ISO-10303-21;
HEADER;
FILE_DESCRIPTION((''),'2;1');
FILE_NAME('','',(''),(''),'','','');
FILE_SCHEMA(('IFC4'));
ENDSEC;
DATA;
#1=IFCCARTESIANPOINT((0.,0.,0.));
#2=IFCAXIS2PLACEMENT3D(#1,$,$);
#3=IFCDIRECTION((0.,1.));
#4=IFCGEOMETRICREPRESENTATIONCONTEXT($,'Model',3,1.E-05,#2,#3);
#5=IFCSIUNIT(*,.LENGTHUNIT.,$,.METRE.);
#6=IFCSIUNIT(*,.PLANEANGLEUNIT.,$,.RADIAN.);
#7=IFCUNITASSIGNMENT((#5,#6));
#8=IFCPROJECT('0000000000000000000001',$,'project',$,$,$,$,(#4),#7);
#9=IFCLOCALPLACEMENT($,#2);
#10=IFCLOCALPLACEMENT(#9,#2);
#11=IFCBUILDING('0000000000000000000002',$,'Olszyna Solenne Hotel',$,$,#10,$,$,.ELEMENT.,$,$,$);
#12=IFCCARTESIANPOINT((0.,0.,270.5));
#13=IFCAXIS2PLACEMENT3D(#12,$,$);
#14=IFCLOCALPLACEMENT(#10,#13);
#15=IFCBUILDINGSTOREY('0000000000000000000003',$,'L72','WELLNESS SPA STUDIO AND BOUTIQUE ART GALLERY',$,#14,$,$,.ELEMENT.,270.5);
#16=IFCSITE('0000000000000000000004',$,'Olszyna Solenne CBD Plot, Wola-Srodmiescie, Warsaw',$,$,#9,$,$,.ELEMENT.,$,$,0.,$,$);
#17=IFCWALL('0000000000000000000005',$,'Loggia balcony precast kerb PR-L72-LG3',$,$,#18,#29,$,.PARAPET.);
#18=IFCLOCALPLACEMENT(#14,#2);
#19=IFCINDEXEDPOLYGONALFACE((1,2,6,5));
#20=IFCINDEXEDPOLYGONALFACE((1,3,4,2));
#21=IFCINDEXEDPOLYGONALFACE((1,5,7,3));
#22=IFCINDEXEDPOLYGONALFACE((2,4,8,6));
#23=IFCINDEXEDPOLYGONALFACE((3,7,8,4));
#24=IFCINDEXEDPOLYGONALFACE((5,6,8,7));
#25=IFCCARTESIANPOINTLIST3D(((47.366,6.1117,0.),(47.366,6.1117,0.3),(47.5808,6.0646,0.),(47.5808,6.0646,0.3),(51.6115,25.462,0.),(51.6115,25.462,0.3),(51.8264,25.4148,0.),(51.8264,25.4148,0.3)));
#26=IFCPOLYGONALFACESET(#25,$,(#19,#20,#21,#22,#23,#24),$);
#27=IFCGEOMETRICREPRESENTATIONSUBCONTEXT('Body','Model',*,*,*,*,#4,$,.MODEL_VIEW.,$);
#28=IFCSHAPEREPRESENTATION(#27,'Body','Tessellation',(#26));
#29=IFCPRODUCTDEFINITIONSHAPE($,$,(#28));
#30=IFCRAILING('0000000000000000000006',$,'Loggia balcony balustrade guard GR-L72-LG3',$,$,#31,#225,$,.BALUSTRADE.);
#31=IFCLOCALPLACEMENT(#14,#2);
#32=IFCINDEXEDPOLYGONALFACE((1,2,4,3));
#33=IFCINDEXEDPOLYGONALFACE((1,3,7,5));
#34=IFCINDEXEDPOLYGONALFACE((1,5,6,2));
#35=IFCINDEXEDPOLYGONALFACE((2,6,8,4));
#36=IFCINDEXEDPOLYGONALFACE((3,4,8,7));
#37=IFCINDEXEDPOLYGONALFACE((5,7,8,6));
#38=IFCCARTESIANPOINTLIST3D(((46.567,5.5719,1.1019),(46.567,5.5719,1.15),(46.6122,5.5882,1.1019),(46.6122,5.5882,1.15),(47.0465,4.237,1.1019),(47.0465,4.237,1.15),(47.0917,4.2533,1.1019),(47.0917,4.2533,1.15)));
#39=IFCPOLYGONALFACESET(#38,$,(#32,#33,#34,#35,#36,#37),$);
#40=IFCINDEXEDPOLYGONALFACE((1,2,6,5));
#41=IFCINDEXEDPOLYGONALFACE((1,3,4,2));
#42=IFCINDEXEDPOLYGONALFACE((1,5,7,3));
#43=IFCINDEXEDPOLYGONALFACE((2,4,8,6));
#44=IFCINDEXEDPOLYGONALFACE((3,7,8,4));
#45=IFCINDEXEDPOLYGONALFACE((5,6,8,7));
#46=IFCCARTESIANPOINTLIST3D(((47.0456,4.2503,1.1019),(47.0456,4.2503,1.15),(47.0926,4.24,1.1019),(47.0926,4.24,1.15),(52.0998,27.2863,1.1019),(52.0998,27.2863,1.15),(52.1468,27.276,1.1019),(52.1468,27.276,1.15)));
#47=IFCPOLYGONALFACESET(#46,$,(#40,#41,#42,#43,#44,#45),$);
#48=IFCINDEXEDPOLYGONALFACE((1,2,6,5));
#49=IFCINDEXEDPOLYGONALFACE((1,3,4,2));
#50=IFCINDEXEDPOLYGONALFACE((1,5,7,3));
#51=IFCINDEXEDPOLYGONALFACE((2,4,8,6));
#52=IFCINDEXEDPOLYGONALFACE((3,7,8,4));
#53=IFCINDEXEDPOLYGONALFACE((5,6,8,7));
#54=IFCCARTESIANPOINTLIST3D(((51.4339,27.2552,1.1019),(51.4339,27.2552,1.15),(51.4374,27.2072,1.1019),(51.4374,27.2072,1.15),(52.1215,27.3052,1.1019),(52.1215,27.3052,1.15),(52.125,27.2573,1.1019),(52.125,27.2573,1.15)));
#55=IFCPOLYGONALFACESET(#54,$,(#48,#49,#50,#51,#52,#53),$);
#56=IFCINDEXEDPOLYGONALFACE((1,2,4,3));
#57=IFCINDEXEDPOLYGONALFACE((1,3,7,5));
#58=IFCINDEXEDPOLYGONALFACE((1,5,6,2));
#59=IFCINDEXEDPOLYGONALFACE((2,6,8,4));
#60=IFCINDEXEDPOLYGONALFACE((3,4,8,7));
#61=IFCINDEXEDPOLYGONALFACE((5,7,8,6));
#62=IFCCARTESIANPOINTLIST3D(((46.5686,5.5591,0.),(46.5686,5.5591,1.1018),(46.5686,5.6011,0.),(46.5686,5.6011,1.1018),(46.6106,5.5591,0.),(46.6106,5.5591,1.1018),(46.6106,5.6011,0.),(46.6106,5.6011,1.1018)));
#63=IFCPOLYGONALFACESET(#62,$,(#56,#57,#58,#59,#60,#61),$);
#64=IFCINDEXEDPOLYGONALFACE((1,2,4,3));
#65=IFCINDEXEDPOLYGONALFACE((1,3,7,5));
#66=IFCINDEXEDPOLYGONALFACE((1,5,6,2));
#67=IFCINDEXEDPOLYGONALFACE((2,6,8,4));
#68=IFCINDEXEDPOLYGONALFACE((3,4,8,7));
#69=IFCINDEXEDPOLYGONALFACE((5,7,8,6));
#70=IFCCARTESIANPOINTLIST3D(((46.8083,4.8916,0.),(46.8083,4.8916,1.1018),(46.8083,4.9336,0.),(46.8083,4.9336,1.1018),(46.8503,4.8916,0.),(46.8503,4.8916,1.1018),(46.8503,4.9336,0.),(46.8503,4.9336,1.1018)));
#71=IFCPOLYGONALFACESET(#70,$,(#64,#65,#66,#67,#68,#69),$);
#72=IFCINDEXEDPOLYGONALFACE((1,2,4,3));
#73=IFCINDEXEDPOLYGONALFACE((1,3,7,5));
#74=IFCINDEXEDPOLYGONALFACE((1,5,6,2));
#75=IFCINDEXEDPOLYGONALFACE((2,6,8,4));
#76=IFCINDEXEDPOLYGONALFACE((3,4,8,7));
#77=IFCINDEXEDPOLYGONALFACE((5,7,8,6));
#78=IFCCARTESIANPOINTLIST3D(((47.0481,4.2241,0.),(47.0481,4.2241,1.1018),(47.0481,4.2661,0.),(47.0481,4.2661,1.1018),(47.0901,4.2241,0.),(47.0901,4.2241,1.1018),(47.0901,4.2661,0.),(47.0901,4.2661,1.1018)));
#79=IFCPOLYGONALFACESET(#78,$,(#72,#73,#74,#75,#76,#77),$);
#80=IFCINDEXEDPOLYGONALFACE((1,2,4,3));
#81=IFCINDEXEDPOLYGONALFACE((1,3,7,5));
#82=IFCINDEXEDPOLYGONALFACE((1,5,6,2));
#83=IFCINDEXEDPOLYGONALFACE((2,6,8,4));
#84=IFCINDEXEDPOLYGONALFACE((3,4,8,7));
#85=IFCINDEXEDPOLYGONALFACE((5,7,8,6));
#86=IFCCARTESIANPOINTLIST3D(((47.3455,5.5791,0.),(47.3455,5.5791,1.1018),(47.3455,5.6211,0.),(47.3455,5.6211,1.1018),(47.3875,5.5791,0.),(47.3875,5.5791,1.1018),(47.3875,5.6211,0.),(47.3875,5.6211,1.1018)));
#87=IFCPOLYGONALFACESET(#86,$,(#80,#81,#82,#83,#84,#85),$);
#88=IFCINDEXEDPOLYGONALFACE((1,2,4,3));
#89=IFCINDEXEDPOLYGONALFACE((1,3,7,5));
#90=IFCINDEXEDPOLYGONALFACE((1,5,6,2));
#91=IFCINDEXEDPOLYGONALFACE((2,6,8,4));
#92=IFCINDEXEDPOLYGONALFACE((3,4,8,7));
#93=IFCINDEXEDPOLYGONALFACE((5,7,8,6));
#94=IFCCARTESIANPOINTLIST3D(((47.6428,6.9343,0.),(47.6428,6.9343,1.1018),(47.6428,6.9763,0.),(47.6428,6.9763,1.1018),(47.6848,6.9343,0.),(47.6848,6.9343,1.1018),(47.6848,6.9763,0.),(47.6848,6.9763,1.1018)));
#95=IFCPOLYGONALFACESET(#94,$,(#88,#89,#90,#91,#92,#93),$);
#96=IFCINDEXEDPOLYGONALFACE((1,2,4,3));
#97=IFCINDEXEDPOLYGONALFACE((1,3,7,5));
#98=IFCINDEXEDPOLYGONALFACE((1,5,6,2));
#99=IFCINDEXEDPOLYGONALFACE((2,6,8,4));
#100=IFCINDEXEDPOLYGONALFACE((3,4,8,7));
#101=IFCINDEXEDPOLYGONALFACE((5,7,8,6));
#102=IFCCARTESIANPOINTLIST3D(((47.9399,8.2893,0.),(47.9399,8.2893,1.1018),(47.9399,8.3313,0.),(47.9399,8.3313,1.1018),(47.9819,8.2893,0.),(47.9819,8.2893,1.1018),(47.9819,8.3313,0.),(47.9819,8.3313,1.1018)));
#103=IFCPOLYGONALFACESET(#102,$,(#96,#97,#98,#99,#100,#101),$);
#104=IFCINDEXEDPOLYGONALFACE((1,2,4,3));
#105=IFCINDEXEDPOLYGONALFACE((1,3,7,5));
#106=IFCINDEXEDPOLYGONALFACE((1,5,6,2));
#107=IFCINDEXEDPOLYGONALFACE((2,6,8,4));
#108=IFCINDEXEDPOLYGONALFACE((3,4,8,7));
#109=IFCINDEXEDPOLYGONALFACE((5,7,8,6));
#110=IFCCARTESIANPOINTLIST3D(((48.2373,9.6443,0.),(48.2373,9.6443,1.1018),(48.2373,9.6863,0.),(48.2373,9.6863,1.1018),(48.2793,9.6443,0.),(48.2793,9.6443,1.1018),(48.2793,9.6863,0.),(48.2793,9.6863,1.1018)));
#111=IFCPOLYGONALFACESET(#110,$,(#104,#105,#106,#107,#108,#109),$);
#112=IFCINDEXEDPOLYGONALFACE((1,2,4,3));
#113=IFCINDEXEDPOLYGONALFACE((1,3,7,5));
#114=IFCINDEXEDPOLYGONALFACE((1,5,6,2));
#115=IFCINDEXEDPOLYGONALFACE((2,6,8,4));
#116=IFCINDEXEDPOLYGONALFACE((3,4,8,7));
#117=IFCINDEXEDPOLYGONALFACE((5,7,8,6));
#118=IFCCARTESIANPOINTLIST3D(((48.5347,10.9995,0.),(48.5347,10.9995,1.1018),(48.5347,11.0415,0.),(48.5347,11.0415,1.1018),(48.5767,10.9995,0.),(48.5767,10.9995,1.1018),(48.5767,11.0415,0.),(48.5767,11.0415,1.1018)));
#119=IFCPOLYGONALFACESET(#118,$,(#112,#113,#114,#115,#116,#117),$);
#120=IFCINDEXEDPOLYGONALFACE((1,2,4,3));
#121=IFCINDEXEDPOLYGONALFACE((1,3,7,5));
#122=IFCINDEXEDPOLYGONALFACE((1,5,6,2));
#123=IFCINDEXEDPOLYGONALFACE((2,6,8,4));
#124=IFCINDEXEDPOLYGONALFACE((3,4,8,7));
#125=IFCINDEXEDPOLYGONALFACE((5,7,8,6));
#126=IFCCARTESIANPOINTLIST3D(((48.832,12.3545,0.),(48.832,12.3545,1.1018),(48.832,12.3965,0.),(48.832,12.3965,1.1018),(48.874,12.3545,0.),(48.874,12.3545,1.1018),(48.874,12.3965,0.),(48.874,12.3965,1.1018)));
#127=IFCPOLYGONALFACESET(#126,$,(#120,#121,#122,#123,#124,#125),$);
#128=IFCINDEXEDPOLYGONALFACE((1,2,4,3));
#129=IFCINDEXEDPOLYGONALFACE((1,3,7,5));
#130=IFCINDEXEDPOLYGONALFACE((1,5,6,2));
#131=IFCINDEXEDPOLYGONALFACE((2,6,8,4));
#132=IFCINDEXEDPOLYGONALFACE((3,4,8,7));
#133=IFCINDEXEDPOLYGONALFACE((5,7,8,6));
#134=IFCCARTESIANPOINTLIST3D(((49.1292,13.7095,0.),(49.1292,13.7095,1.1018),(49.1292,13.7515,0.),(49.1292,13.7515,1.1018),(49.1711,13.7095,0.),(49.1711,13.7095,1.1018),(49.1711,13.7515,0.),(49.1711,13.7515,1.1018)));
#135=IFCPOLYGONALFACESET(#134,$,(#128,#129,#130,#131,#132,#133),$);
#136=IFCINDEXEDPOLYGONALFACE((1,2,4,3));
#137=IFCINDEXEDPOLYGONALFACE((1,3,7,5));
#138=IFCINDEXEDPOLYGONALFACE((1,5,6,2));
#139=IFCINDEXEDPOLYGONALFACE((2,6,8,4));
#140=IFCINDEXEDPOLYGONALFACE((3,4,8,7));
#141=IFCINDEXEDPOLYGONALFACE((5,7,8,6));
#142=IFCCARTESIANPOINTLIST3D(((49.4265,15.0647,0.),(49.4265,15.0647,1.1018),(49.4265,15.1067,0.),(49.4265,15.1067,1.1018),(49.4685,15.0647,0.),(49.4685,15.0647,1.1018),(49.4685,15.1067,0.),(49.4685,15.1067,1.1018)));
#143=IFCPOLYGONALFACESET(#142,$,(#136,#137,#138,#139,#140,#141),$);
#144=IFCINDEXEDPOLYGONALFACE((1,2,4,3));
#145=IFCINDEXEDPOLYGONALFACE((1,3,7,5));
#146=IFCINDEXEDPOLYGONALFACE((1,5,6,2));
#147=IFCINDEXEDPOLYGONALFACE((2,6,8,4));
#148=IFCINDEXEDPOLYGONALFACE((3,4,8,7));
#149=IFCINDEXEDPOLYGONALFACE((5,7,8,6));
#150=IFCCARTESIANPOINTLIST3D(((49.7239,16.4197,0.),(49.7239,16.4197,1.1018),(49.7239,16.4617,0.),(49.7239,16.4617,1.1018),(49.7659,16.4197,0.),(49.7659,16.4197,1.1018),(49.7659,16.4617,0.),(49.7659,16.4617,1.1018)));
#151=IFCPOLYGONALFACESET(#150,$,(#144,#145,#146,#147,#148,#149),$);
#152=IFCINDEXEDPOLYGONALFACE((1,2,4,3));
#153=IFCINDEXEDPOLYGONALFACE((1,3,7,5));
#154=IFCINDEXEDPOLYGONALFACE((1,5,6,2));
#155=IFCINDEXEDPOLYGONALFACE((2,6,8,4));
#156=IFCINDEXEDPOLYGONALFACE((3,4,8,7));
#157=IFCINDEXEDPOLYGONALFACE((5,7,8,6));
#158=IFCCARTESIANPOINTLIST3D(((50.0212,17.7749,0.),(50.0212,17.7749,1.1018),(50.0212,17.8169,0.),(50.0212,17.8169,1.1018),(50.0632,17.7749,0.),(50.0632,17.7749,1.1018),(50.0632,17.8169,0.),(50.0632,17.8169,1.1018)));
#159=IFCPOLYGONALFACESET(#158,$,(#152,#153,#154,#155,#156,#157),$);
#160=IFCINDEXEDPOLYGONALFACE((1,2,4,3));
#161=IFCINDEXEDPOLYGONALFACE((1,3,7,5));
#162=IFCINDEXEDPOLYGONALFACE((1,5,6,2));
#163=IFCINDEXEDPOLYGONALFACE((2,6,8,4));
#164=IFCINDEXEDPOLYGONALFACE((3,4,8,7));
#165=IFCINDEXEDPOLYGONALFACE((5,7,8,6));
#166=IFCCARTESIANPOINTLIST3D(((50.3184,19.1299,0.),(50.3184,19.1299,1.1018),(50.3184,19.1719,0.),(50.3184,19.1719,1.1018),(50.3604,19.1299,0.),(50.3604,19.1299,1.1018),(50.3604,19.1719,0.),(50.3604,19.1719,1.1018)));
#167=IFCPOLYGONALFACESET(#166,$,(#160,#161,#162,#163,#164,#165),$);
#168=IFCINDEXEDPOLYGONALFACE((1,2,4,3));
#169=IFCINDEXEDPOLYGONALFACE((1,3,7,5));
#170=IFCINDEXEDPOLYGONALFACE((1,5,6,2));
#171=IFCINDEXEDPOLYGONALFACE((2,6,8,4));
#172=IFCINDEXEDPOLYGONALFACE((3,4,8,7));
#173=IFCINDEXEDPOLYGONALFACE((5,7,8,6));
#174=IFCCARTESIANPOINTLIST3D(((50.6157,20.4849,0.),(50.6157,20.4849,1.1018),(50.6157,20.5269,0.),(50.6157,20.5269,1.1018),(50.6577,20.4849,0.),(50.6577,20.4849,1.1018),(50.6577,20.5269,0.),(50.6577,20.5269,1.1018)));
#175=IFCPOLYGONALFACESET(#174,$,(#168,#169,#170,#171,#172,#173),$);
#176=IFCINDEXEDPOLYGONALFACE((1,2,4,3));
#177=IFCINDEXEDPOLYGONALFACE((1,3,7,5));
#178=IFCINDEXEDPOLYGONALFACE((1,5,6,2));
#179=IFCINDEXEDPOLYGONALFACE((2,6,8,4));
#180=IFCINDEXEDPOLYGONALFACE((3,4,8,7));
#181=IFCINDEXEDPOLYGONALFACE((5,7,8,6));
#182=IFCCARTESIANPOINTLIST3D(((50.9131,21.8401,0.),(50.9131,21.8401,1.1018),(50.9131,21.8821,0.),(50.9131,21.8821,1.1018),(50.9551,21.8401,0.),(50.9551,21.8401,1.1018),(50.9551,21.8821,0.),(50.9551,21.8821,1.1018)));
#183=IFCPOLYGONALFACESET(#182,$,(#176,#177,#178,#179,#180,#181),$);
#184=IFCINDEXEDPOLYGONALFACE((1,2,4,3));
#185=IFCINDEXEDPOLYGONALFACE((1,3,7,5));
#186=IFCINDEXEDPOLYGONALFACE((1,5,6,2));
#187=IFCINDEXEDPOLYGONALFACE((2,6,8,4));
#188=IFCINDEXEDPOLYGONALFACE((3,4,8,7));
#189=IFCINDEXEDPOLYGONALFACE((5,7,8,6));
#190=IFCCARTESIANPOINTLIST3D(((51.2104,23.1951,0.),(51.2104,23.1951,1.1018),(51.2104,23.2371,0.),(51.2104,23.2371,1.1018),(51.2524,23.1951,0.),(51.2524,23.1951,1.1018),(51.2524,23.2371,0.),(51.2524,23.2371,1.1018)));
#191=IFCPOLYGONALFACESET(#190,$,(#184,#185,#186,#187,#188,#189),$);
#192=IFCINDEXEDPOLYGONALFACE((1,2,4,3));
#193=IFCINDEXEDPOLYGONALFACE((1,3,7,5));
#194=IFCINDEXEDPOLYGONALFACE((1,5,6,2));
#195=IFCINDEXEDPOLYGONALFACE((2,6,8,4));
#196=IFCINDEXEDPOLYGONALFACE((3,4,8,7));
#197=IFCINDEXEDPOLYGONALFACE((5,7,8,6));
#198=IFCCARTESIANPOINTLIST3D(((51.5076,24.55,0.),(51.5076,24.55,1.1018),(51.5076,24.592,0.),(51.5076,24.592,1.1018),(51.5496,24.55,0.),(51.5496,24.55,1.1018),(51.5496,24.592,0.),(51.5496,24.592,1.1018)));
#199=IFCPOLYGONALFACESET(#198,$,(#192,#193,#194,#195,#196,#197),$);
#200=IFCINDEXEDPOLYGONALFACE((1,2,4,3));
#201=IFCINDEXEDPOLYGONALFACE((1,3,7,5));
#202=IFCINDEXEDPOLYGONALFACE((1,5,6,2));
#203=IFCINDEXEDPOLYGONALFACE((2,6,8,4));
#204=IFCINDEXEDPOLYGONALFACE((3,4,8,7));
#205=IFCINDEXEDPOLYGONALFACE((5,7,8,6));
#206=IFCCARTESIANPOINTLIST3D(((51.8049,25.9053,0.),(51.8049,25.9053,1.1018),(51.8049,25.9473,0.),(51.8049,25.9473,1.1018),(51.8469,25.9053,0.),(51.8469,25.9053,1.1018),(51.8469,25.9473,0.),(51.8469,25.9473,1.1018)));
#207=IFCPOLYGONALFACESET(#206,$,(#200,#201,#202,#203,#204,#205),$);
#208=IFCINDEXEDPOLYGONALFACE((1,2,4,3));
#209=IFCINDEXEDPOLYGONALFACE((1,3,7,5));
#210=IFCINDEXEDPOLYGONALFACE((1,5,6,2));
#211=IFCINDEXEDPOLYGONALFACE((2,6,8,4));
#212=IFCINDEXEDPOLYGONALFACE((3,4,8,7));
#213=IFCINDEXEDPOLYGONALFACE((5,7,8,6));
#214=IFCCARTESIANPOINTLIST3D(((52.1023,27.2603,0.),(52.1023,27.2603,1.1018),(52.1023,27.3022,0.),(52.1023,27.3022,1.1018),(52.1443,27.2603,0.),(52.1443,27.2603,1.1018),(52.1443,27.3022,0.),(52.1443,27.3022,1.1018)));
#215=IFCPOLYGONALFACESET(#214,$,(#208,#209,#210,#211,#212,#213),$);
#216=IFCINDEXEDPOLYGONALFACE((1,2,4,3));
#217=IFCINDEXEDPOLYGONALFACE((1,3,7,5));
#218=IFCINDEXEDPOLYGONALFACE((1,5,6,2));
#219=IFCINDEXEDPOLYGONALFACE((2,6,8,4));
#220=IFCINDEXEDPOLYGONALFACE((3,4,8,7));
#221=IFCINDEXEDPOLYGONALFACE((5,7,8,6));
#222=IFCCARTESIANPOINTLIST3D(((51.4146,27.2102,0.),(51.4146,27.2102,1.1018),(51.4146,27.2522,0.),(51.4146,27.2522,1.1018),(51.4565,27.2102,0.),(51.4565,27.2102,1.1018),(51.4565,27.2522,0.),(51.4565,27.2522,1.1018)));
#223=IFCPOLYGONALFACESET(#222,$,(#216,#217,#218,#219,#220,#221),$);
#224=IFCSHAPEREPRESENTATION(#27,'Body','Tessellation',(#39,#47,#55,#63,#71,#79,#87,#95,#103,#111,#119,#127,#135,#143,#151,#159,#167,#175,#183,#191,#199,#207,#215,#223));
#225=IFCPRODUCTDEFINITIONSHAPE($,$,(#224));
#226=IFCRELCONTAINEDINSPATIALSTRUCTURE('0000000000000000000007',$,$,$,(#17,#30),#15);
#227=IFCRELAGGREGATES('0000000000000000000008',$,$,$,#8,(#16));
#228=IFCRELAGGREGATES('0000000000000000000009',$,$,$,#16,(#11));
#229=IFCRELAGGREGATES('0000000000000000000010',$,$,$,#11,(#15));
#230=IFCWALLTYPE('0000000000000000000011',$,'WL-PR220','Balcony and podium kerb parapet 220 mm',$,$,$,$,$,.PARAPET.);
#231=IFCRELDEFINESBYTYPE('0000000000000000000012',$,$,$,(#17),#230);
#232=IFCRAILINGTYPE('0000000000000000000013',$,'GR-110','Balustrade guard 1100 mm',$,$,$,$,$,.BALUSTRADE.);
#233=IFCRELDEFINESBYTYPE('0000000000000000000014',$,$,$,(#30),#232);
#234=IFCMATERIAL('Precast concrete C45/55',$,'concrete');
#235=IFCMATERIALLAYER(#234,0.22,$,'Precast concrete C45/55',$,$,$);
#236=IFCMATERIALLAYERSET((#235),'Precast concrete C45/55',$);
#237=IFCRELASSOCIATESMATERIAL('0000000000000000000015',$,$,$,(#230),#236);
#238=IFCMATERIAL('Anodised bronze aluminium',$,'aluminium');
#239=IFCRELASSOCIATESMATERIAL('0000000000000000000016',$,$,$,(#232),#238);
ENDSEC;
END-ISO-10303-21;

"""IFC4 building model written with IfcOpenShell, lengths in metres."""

from ifc_helpers import new_model, si_unit, direction, frame, frame_2d, origin, origin_2d, place, context, subcontext, project, spatial, rectangle, extrude, material, layer, layer_set, type_object, element, save


model = new_model("IFC4")

# Units and contexts
model_context = context("Model", 3, precision=1e-05, world=origin(), true_north=direction((0.0, 1.0)))
body_context = subcontext(model_context, "Body", "Model", "MODEL_VIEW")
ifc_project = project(units=[si_unit("LENGTHUNIT", "METRE"), si_unit("PLANEANGLEUNIT", "RADIAN")], contexts=[model_context])

# Site, building, storey
site_placement = place(None, origin())
site = spatial("IfcSite", under=ifc_project, at=site_placement, Name="Olszyna Solenne CBD Plot, Wola-Srodmiescie, Warsaw", CompositionType="ELEMENT", RefElevation=0.0)
building_placement = place(site_placement, origin())
building = spatial("IfcBuilding", under=site, at=building_placement, Name="Olszyna Solenne Hotel", CompositionType="ELEMENT")
storey_placement = place(building_placement, frame((0.0, 0.0, 270.5)))
storey = spatial("IfcBuildingStorey", under=building, at=storey_placement, Name="L72", Description="WELLNESS SPA STUDIO AND BOUTIQUE ART GALLERY", CompositionType="ELEMENT", Elevation=270.5)

# Shared definitions
ifc_material_1 = material(Name="Anodised bronze aluminium", Category="aluminium")

# Wall
ifc_material_2 = material(Name="Precast concrete C45/55", Category="concrete")
ifc_layer_1 = layer(ifc_material_2, 0.22, Name="Precast concrete C45/55")
ifc_layer_set_1 = layer_set([ifc_layer_1], Name="Precast concrete C45/55")
wall_type_1 = type_object("IfcWallType", Name="WL-PR220", Description="Balcony and podium kerb parapet 220 mm", PredefinedType="PARAPET", material=ifc_layer_set_1)
wall_placement = place(storey_placement, frame((47.4734, 6.0881, 0.0), z_axis=(0.0, 0.0, 1.0), x_axis=(0.21431, 0.976766, 0.0)))
element("IfcWall", 1, at=wall_placement, inside=storey, type_object=wall_type_1, Name="Loggia balcony precast kerb PR-L72-LG3", PredefinedType="PARAPET", context=body_context, shape_type="SweptSolid", body=[
    extrude(rectangle(XDim=19.8105, YDim=0.22, at=frame_2d((9.9053, 0.0))), origin(), (0.0, 0.0, 1.0), 0.3),
])

# Railing
railing_type = type_object("IfcRailingType", Name="GR-110", Description="Balustrade guard 1100 mm", PredefinedType="BALUSTRADE", material=ifc_material_1)
railing_placement = place(storey_placement, frame((46.5896, 5.5801, 0.0)))
element("IfcRailing", 2, at=railing_placement, inside=storey, type_object=railing_type, Name="Loggia balcony balustrade guard GR-L72-LG3", PredefinedType="BALUSTRADE", context=body_context, shape_type="SweptSolid", body=[
    extrude(rectangle(XDim=0.0481, YDim=0.0481, at=origin_2d()), frame((0.0, 0.0, 1.126), z_axis=(0.338037, -0.941133, 0.0), x_axis=(0.941133, 0.338037, 0.0)), (0.0, 0.0, 1.0), 1.4185),
    extrude(rectangle(XDim=0.0481, YDim=0.0481, at=origin_2d()), frame((0.4795, -1.335, 1.126), z_axis=(0.214306, 0.976767, 0.0), x_axis=(-0.976767, 0.214306, 0.0)), (0.0, 0.0, 1.0), 23.584),
    extrude(rectangle(XDim=0.0481, YDim=0.0481, at=origin_2d()), frame((5.5337, 21.7012, 1.126), z_axis=(-0.997363, -0.072581, 0.0), x_axis=(0.072581, -0.997363, 0.0)), (0.0, 0.0, 1.0), 0.6895),
    extrude(rectangle(XDim=0.042, YDim=0.042, at=origin_2d()), origin(), (0.0, 0.0, 1.0), 1.1018),
    extrude(rectangle(XDim=0.042, YDim=0.042, at=origin_2d()), frame((0.2397, -0.6675, 0.0)), (0.0, 0.0, 1.0), 1.1018),
    extrude(rectangle(XDim=0.042, YDim=0.042, at=origin_2d()), frame((0.4795, -1.335, 0.0)), (0.0, 0.0, 1.0), 1.1018),
    extrude(rectangle(XDim=0.042, YDim=0.042, at=origin_2d()), frame((0.7769, 0.02, 0.0)), (0.0, 0.0, 1.0), 1.1018),
    extrude(rectangle(XDim=0.042, YDim=0.042, at=origin_2d()), frame((1.0742, 1.3752, 0.0)), (0.0, 0.0, 1.0), 1.1018),
    extrude(rectangle(XDim=0.042, YDim=0.042, at=origin_2d()), frame((1.3713, 2.7302, 0.0)), (0.0, 0.0, 1.0), 1.1018),
    extrude(rectangle(XDim=0.042, YDim=0.042, at=origin_2d()), frame((1.6687, 4.0852, 0.0)), (0.0, 0.0, 1.0), 1.1018),
    extrude(rectangle(XDim=0.042, YDim=0.042, at=origin_2d()), frame((1.9661, 5.4404, 0.0)), (0.0, 0.0, 1.0), 1.1018),
    extrude(rectangle(XDim=0.042, YDim=0.042, at=origin_2d()), frame((2.2634, 6.7954, 0.0)), (0.0, 0.0, 1.0), 1.1018),
    extrude(rectangle(XDim=0.042, YDim=0.042, at=origin_2d()), frame((2.5605, 8.1504, 0.0)), (0.0, 0.0, 1.0), 1.1018),
    extrude(rectangle(XDim=0.042, YDim=0.042, at=origin_2d()), frame((2.8579, 9.5056, 0.0)), (0.0, 0.0, 1.0), 1.1018),
    extrude(rectangle(XDim=0.042, YDim=0.042, at=origin_2d()), frame((3.1553, 10.8606, 0.0)), (0.0, 0.0, 1.0), 1.1018),
    extrude(rectangle(XDim=0.042, YDim=0.042, at=origin_2d()), frame((3.4526, 12.2158, 0.0)), (0.0, 0.0, 1.0), 1.1018),
    extrude(rectangle(XDim=0.042, YDim=0.042, at=origin_2d()), frame((3.7498, 13.5708, 0.0)), (0.0, 0.0, 1.0), 1.1018),
    extrude(rectangle(XDim=0.042, YDim=0.042, at=origin_2d()), frame((4.0471, 14.9258, 0.0)), (0.0, 0.0, 1.0), 1.1018),
    extrude(rectangle(XDim=0.042, YDim=0.042, at=origin_2d()), frame((4.3445, 16.281, 0.0)), (0.0, 0.0, 1.0), 1.1018),
    extrude(rectangle(XDim=0.042, YDim=0.042, at=origin_2d()), frame((4.6418, 17.636, 0.0)), (0.0, 0.0, 1.0), 1.1018),
    extrude(rectangle(XDim=0.042, YDim=0.042, at=origin_2d()), frame((4.939, 18.991, 0.0)), (0.0, 0.0, 1.0), 1.1018),
    extrude(rectangle(XDim=0.042, YDim=0.042, at=origin_2d()), frame((5.2363, 20.3462, 0.0)), (0.0, 0.0, 1.0), 1.1018),
    extrude(rectangle(XDim=0.042, YDim=0.042, at=origin_2d()), frame((5.5337, 21.7012, 0.0)), (0.0, 0.0, 1.0), 1.1018),
    extrude(rectangle(XDim=0.042, YDim=0.042, at=origin_2d()), frame((4.8459, 21.6511, 0.0)), (0.0, 0.0, 1.0), 1.1018),
])

save(model, "model.ifc")
